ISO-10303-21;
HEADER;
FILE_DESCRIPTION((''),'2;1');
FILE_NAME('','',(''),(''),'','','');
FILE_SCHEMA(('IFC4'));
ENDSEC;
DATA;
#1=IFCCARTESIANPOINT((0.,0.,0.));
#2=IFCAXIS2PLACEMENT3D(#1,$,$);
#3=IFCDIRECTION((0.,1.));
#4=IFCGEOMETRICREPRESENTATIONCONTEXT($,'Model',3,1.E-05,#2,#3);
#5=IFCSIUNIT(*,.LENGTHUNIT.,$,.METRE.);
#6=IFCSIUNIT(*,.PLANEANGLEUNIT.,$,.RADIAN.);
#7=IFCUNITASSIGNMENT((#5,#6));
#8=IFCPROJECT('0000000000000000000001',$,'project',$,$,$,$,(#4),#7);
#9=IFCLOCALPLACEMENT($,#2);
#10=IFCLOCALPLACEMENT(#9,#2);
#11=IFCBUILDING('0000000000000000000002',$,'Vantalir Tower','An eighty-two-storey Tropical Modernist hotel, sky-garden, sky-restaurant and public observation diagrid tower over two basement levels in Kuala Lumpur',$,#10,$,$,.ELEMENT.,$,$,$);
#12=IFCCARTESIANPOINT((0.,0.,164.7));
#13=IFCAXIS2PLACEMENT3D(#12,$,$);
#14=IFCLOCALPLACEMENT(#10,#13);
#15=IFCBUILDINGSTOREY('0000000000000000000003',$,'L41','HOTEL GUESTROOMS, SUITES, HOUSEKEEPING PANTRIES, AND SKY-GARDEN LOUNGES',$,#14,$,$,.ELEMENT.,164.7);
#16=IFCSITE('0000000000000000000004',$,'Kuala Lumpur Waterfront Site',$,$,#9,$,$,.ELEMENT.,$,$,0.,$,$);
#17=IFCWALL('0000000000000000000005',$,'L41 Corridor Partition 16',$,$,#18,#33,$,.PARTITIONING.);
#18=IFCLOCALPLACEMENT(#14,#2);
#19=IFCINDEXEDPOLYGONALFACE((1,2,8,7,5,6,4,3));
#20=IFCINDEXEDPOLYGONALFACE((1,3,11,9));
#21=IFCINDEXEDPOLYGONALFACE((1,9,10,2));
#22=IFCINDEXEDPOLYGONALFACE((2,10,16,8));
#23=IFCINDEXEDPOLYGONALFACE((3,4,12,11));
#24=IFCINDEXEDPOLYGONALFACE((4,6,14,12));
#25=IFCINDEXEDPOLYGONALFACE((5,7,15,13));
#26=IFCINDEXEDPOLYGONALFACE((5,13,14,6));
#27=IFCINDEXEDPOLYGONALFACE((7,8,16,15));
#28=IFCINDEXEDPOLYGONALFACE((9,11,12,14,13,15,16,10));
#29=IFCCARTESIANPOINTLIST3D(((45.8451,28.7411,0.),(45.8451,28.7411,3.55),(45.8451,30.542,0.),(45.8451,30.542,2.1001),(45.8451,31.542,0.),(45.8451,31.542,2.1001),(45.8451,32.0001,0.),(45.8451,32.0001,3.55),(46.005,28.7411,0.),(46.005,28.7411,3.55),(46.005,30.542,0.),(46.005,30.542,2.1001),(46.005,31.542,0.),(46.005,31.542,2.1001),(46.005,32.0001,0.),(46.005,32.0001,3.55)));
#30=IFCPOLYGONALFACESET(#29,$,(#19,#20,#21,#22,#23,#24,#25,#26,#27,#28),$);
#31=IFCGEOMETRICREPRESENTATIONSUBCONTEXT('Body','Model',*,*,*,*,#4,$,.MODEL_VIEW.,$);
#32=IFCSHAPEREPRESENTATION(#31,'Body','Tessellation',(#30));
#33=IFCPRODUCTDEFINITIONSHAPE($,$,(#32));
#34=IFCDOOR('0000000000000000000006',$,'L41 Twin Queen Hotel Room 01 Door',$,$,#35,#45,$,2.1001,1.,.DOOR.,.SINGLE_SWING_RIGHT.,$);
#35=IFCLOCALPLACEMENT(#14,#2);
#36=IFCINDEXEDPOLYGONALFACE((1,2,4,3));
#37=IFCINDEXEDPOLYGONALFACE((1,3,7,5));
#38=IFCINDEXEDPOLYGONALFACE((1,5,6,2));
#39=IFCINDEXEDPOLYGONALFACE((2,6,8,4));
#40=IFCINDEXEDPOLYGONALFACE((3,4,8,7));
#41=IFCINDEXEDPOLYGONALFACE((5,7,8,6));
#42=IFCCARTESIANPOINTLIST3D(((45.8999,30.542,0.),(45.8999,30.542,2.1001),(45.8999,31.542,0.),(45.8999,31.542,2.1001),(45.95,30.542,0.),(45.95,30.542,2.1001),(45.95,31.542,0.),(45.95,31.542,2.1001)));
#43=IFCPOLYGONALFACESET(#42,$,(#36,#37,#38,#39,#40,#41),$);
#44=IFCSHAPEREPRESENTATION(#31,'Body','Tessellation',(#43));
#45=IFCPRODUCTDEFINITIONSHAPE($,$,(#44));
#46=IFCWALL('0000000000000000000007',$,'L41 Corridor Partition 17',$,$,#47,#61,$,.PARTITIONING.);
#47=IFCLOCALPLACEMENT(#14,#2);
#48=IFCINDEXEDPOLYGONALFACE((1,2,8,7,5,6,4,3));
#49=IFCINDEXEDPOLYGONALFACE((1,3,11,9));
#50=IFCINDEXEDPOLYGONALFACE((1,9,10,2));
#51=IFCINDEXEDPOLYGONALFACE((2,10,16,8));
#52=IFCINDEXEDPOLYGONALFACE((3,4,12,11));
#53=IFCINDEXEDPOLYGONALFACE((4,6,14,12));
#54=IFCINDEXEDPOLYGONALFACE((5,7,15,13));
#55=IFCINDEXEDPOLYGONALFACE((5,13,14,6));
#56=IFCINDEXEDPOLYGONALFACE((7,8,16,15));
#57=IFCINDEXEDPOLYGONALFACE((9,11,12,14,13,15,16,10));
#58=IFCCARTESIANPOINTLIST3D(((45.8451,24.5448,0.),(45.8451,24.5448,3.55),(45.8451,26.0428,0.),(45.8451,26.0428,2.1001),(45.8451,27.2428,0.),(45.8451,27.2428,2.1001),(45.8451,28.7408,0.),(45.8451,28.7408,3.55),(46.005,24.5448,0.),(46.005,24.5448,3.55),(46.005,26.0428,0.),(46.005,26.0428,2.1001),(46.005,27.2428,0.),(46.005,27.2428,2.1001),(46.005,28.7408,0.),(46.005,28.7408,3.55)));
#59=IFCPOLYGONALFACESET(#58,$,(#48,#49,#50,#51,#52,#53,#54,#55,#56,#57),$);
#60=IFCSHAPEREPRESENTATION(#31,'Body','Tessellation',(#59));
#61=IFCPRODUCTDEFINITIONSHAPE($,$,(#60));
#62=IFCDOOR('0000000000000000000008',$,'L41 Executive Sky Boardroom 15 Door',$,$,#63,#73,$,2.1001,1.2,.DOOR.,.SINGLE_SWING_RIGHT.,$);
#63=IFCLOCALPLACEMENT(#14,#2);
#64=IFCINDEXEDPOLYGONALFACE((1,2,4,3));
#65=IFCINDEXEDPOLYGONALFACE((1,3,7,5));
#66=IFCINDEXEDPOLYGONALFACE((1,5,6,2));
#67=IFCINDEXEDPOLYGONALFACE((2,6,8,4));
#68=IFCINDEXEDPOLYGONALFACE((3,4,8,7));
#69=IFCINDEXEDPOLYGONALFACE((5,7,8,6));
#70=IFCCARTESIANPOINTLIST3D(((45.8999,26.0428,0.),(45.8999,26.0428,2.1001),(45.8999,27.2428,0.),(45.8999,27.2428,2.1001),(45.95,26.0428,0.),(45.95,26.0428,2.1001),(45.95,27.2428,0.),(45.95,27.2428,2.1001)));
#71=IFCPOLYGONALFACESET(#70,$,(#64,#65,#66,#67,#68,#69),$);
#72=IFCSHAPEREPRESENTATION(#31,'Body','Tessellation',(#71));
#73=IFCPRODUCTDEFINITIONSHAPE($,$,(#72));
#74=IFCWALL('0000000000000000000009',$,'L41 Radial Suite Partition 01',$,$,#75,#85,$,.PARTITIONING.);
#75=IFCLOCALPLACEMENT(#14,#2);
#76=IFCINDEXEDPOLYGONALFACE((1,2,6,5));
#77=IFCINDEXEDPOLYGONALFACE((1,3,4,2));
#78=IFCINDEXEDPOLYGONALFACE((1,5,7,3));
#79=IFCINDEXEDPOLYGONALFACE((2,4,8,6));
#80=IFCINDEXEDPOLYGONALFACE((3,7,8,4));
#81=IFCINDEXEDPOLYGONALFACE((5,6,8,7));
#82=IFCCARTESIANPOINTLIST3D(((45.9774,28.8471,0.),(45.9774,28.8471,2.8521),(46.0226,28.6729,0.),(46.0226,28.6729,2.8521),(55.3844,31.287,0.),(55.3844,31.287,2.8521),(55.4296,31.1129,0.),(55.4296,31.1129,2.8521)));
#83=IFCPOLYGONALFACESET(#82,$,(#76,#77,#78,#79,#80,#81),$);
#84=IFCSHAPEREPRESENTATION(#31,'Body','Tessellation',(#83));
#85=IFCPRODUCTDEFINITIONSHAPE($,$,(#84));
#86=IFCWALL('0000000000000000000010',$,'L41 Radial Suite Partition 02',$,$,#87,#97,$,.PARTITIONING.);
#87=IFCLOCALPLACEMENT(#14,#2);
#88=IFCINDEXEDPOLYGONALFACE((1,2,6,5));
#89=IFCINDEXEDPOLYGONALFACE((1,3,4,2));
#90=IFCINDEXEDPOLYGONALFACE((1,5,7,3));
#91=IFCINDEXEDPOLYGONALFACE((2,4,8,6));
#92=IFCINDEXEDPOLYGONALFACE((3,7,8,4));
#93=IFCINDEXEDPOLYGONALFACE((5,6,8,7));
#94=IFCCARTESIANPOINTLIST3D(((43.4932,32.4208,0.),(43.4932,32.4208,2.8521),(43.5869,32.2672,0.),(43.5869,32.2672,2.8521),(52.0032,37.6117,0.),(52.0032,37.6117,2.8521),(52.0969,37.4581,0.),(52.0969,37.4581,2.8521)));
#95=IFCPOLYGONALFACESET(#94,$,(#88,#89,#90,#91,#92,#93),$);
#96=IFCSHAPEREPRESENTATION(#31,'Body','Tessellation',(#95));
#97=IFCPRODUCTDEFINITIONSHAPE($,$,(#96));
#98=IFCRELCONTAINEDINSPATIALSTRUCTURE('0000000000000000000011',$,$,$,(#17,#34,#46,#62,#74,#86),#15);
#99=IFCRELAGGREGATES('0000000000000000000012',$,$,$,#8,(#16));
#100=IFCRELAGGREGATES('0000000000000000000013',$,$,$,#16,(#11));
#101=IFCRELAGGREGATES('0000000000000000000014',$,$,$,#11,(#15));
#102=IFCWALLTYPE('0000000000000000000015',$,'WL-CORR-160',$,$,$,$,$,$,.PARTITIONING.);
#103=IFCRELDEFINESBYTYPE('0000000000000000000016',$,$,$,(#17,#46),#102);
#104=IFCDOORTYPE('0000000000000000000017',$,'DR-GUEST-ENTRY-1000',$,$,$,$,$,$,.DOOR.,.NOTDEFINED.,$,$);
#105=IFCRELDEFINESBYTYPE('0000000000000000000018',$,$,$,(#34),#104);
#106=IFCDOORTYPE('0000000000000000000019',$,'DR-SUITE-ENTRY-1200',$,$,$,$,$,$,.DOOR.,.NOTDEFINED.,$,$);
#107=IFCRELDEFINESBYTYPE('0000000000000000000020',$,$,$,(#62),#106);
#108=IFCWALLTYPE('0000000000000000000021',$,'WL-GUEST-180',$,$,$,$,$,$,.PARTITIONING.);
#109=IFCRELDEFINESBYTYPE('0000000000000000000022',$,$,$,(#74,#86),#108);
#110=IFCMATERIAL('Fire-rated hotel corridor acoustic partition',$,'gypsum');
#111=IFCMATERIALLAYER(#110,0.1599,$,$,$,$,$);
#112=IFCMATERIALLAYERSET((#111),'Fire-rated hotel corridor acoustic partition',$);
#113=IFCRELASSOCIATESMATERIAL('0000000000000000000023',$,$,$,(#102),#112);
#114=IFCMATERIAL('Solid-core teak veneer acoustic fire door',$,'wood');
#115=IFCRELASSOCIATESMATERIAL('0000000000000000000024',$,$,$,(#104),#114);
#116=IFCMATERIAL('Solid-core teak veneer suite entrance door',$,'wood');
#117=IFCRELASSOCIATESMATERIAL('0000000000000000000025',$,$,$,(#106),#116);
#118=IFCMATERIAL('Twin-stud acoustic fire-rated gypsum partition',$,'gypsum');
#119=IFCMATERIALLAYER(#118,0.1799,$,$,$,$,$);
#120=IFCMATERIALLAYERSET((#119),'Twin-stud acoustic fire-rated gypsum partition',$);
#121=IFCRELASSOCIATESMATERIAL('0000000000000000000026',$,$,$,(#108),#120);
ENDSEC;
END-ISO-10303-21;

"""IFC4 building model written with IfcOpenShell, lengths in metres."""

from ifc_helpers import new_model, si_unit, direction, frame, frame_2d, origin, place, context, subcontext, project, spatial, rectangle, extrude, material, layer, layer_set, type_object, element, fill, save


model = new_model("IFC4")

# Units and contexts
model_context = context("Model", 3, precision=1e-05, world=origin(), true_north=direction((0.0, 1.0)))
body_context = subcontext(model_context, "Body", "Model", "MODEL_VIEW")
ifc_project = project(units=[si_unit("LENGTHUNIT", "METRE"), si_unit("PLANEANGLEUNIT", "RADIAN")], contexts=[model_context])

# Site, building, storey
site_placement = place(None, origin())
site = spatial("IfcSite", under=ifc_project, at=site_placement, Name="Kuala Lumpur Waterfront Site", CompositionType="ELEMENT", RefElevation=0.0)
building_placement = place(site_placement, origin())
building = spatial("IfcBuilding", under=site, at=building_placement, Name="Vantalir Tower", Description="An eighty-two-storey Tropical Modernist hotel, sky-garden, sky-restaurant and public observation diagrid tower over two basement levels in Kuala Lumpur", CompositionType="ELEMENT")
storey_placement = place(building_placement, frame((0.0, 0.0, 164.7)))
storey = spatial("IfcBuildingStorey", under=building, at=storey_placement, Name="L41", Description="HOTEL GUESTROOMS, SUITES, HOUSEKEEPING PANTRIES, AND SKY-GARDEN LOUNGES", CompositionType="ELEMENT", Elevation=164.7)

# Shared definitions
ifc_material_1 = material(Name="Fire-rated hotel corridor acoustic partition", Category="gypsum")
ifc_layer_1 = layer(ifc_material_1, 0.1599)
ifc_layer_set_1 = layer_set([ifc_layer_1], Name="Fire-rated hotel corridor acoustic partition")
wall_type_1 = type_object("IfcWallType", Name="WL-CORR-160", PredefinedType="PARTITIONING", material=ifc_layer_set_1)

# Walls, openings, doors
wall_1_placement = place(storey_placement, frame((45.925, 32.0, 0.0), z_axis=(0.0, 0.0, 1.0), x_axis=(0.0, -1.0, 0.0)))
wall_1 = element("IfcWall", 1, at=wall_1_placement, inside=storey, type_object=wall_type_1, Name="L41 Corridor Partition 16", PredefinedType="PARTITIONING", context=body_context, shape_type="SweptSolid", body=[
    extrude(rectangle(XDim=3.259, YDim=0.1599, at=frame_2d((1.6294, 0.0))), origin(), (0.0, 0.0, 1.0), 3.55),
])
opening_1_placement = place(wall_1_placement, frame((0.458, 0.0, 0.0)))
opening_1 = element("IfcOpeningElement", 2, at=opening_1_placement, cuts=wall_1, PredefinedType="OPENING", context=body_context, shape_type="SweptSolid", body=[
    extrude(rectangle(XDim=1.0, YDim=2.1001, at=frame_2d((0.5, 1.05))), frame((0.0, 0.0898, 0.0), z_axis=(0.0, -1.0, 0.0), x_axis=(1.0, 0.0, 0.0)), (0.0, 0.0, 1.0), 0.1799),
])
ifc_material_2 = material(Name="Solid-core teak veneer acoustic fire door", Category="wood")
door_type_1 = type_object("IfcDoorType", Name="DR-GUEST-ENTRY-1000", OperationType="NOTDEFINED", PredefinedType="DOOR", material=ifc_material_2)
door_1_placement = place(opening_1_placement, origin())
door_1 = element("IfcDoor", 3, at=door_1_placement, inside=storey, type_object=door_type_1, Name="L41 Twin Queen Hotel Room 01 Door", OperationType="SINGLE_SWING_RIGHT", OverallHeight=2.1001, OverallWidth=1.0, PredefinedType="DOOR", context=body_context, shape_type="SweptSolid", body=[
    extrude(rectangle(XDim=1.0, YDim=2.1001, at=frame_2d((0.5, 1.05))), frame((0.0, 0.0249, 0.0), z_axis=(0.0, -1.0, 0.0), x_axis=(1.0, 0.0, 0.0)), (0.0, 0.0, 1.0), 0.05),
])
fill(opening_1, door_1)
wall_2_placement = place(storey_placement, frame((45.925, 28.741, 0.0), z_axis=(0.0, 0.0, 1.0), x_axis=(0.0, -1.0, 0.0)))
wall_2 = element("IfcWall", 4, at=wall_2_placement, inside=storey, type_object=wall_type_1, Name="L41 Corridor Partition 17", PredefinedType="PARTITIONING", context=body_context, shape_type="SweptSolid", body=[
    extrude(rectangle(XDim=4.196, YDim=0.1599, at=frame_2d((2.0981, 0.0))), origin(), (0.0, 0.0, 1.0), 3.55),
])
opening_2_placement = place(wall_2_placement, frame((1.498, 0.0, 0.0)))
opening_2 = element("IfcOpeningElement", 5, at=opening_2_placement, cuts=wall_2, PredefinedType="OPENING", context=body_context, shape_type="SweptSolid", body=[
    extrude(rectangle(XDim=1.2, YDim=2.1001, at=frame_2d((0.6001, 1.05))), frame((0.0, 0.0898, 0.0), z_axis=(0.0, -1.0, 0.0), x_axis=(1.0, 0.0, 0.0)), (0.0, 0.0, 1.0), 0.1799),
])
ifc_material_3 = material(Name="Solid-core teak veneer suite entrance door", Category="wood")
door_type_2 = type_object("IfcDoorType", Name="DR-SUITE-ENTRY-1200", OperationType="NOTDEFINED", PredefinedType="DOOR", material=ifc_material_3)
door_2_placement = place(opening_2_placement, origin())
door_2 = element("IfcDoor", 6, at=door_2_placement, inside=storey, type_object=door_type_2, Name="L41 Executive Sky Boardroom 15 Door", OperationType="SINGLE_SWING_RIGHT", OverallHeight=2.1001, OverallWidth=1.2, PredefinedType="DOOR", context=body_context, shape_type="SweptSolid", body=[
    extrude(rectangle(XDim=1.2, YDim=2.1001, at=frame_2d((0.6001, 1.05))), frame((0.0, 0.0249, 0.0), z_axis=(0.0, -1.0, 0.0), x_axis=(1.0, 0.0, 0.0)), (0.0, 0.0, 1.0), 0.05),
])
fill(opening_2, door_2)

# Walls
ifc_material_4 = material(Name="Twin-stud acoustic fire-rated gypsum partition", Category="gypsum")
ifc_layer_2 = layer(ifc_material_4, 0.1799)
ifc_layer_set_2 = layer_set([ifc_layer_2], Name="Twin-stud acoustic fire-rated gypsum partition")
wall_type_2 = type_object("IfcWallType", Name="WL-GUEST-180", PredefinedType="PARTITIONING", material=ifc_layer_set_2)
wall_3_placement = place(storey_placement, frame((46.0, 28.76, 0.0), z_axis=(0.0, 0.0, 1.0), x_axis=(0.96797, 0.251068, 0.0)))
element("IfcWall", 7, at=wall_3_placement, inside=storey, type_object=wall_type_2, Name="L41 Radial Suite Partition 01", PredefinedType="PARTITIONING", context=body_context, shape_type="SweptSolid", body=[
    extrude(rectangle(XDim=9.7183, YDim=0.1799, at=frame_2d((4.8591, 0.0))), origin(), (0.0, 0.0, 1.0), 2.8521),
])
wall_4_placement = place(storey_placement, frame((43.54, 32.344, 0.0), z_axis=(0.0, 0.0, 1.0), x_axis=(0.853712, 0.520745, 0.0)))
element("IfcWall", 8, at=wall_4_placement, inside=storey, type_object=wall_type_2, Name="L41 Radial Suite Partition 02", PredefinedType="PARTITIONING", context=body_context, shape_type="SweptSolid", body=[
    extrude(rectangle(XDim=9.9683, YDim=0.1799, at=frame_2d((4.9841, 0.0))), origin(), (0.0, 0.0, 1.0), 2.8521),
])

save(model, "model.ifc")
